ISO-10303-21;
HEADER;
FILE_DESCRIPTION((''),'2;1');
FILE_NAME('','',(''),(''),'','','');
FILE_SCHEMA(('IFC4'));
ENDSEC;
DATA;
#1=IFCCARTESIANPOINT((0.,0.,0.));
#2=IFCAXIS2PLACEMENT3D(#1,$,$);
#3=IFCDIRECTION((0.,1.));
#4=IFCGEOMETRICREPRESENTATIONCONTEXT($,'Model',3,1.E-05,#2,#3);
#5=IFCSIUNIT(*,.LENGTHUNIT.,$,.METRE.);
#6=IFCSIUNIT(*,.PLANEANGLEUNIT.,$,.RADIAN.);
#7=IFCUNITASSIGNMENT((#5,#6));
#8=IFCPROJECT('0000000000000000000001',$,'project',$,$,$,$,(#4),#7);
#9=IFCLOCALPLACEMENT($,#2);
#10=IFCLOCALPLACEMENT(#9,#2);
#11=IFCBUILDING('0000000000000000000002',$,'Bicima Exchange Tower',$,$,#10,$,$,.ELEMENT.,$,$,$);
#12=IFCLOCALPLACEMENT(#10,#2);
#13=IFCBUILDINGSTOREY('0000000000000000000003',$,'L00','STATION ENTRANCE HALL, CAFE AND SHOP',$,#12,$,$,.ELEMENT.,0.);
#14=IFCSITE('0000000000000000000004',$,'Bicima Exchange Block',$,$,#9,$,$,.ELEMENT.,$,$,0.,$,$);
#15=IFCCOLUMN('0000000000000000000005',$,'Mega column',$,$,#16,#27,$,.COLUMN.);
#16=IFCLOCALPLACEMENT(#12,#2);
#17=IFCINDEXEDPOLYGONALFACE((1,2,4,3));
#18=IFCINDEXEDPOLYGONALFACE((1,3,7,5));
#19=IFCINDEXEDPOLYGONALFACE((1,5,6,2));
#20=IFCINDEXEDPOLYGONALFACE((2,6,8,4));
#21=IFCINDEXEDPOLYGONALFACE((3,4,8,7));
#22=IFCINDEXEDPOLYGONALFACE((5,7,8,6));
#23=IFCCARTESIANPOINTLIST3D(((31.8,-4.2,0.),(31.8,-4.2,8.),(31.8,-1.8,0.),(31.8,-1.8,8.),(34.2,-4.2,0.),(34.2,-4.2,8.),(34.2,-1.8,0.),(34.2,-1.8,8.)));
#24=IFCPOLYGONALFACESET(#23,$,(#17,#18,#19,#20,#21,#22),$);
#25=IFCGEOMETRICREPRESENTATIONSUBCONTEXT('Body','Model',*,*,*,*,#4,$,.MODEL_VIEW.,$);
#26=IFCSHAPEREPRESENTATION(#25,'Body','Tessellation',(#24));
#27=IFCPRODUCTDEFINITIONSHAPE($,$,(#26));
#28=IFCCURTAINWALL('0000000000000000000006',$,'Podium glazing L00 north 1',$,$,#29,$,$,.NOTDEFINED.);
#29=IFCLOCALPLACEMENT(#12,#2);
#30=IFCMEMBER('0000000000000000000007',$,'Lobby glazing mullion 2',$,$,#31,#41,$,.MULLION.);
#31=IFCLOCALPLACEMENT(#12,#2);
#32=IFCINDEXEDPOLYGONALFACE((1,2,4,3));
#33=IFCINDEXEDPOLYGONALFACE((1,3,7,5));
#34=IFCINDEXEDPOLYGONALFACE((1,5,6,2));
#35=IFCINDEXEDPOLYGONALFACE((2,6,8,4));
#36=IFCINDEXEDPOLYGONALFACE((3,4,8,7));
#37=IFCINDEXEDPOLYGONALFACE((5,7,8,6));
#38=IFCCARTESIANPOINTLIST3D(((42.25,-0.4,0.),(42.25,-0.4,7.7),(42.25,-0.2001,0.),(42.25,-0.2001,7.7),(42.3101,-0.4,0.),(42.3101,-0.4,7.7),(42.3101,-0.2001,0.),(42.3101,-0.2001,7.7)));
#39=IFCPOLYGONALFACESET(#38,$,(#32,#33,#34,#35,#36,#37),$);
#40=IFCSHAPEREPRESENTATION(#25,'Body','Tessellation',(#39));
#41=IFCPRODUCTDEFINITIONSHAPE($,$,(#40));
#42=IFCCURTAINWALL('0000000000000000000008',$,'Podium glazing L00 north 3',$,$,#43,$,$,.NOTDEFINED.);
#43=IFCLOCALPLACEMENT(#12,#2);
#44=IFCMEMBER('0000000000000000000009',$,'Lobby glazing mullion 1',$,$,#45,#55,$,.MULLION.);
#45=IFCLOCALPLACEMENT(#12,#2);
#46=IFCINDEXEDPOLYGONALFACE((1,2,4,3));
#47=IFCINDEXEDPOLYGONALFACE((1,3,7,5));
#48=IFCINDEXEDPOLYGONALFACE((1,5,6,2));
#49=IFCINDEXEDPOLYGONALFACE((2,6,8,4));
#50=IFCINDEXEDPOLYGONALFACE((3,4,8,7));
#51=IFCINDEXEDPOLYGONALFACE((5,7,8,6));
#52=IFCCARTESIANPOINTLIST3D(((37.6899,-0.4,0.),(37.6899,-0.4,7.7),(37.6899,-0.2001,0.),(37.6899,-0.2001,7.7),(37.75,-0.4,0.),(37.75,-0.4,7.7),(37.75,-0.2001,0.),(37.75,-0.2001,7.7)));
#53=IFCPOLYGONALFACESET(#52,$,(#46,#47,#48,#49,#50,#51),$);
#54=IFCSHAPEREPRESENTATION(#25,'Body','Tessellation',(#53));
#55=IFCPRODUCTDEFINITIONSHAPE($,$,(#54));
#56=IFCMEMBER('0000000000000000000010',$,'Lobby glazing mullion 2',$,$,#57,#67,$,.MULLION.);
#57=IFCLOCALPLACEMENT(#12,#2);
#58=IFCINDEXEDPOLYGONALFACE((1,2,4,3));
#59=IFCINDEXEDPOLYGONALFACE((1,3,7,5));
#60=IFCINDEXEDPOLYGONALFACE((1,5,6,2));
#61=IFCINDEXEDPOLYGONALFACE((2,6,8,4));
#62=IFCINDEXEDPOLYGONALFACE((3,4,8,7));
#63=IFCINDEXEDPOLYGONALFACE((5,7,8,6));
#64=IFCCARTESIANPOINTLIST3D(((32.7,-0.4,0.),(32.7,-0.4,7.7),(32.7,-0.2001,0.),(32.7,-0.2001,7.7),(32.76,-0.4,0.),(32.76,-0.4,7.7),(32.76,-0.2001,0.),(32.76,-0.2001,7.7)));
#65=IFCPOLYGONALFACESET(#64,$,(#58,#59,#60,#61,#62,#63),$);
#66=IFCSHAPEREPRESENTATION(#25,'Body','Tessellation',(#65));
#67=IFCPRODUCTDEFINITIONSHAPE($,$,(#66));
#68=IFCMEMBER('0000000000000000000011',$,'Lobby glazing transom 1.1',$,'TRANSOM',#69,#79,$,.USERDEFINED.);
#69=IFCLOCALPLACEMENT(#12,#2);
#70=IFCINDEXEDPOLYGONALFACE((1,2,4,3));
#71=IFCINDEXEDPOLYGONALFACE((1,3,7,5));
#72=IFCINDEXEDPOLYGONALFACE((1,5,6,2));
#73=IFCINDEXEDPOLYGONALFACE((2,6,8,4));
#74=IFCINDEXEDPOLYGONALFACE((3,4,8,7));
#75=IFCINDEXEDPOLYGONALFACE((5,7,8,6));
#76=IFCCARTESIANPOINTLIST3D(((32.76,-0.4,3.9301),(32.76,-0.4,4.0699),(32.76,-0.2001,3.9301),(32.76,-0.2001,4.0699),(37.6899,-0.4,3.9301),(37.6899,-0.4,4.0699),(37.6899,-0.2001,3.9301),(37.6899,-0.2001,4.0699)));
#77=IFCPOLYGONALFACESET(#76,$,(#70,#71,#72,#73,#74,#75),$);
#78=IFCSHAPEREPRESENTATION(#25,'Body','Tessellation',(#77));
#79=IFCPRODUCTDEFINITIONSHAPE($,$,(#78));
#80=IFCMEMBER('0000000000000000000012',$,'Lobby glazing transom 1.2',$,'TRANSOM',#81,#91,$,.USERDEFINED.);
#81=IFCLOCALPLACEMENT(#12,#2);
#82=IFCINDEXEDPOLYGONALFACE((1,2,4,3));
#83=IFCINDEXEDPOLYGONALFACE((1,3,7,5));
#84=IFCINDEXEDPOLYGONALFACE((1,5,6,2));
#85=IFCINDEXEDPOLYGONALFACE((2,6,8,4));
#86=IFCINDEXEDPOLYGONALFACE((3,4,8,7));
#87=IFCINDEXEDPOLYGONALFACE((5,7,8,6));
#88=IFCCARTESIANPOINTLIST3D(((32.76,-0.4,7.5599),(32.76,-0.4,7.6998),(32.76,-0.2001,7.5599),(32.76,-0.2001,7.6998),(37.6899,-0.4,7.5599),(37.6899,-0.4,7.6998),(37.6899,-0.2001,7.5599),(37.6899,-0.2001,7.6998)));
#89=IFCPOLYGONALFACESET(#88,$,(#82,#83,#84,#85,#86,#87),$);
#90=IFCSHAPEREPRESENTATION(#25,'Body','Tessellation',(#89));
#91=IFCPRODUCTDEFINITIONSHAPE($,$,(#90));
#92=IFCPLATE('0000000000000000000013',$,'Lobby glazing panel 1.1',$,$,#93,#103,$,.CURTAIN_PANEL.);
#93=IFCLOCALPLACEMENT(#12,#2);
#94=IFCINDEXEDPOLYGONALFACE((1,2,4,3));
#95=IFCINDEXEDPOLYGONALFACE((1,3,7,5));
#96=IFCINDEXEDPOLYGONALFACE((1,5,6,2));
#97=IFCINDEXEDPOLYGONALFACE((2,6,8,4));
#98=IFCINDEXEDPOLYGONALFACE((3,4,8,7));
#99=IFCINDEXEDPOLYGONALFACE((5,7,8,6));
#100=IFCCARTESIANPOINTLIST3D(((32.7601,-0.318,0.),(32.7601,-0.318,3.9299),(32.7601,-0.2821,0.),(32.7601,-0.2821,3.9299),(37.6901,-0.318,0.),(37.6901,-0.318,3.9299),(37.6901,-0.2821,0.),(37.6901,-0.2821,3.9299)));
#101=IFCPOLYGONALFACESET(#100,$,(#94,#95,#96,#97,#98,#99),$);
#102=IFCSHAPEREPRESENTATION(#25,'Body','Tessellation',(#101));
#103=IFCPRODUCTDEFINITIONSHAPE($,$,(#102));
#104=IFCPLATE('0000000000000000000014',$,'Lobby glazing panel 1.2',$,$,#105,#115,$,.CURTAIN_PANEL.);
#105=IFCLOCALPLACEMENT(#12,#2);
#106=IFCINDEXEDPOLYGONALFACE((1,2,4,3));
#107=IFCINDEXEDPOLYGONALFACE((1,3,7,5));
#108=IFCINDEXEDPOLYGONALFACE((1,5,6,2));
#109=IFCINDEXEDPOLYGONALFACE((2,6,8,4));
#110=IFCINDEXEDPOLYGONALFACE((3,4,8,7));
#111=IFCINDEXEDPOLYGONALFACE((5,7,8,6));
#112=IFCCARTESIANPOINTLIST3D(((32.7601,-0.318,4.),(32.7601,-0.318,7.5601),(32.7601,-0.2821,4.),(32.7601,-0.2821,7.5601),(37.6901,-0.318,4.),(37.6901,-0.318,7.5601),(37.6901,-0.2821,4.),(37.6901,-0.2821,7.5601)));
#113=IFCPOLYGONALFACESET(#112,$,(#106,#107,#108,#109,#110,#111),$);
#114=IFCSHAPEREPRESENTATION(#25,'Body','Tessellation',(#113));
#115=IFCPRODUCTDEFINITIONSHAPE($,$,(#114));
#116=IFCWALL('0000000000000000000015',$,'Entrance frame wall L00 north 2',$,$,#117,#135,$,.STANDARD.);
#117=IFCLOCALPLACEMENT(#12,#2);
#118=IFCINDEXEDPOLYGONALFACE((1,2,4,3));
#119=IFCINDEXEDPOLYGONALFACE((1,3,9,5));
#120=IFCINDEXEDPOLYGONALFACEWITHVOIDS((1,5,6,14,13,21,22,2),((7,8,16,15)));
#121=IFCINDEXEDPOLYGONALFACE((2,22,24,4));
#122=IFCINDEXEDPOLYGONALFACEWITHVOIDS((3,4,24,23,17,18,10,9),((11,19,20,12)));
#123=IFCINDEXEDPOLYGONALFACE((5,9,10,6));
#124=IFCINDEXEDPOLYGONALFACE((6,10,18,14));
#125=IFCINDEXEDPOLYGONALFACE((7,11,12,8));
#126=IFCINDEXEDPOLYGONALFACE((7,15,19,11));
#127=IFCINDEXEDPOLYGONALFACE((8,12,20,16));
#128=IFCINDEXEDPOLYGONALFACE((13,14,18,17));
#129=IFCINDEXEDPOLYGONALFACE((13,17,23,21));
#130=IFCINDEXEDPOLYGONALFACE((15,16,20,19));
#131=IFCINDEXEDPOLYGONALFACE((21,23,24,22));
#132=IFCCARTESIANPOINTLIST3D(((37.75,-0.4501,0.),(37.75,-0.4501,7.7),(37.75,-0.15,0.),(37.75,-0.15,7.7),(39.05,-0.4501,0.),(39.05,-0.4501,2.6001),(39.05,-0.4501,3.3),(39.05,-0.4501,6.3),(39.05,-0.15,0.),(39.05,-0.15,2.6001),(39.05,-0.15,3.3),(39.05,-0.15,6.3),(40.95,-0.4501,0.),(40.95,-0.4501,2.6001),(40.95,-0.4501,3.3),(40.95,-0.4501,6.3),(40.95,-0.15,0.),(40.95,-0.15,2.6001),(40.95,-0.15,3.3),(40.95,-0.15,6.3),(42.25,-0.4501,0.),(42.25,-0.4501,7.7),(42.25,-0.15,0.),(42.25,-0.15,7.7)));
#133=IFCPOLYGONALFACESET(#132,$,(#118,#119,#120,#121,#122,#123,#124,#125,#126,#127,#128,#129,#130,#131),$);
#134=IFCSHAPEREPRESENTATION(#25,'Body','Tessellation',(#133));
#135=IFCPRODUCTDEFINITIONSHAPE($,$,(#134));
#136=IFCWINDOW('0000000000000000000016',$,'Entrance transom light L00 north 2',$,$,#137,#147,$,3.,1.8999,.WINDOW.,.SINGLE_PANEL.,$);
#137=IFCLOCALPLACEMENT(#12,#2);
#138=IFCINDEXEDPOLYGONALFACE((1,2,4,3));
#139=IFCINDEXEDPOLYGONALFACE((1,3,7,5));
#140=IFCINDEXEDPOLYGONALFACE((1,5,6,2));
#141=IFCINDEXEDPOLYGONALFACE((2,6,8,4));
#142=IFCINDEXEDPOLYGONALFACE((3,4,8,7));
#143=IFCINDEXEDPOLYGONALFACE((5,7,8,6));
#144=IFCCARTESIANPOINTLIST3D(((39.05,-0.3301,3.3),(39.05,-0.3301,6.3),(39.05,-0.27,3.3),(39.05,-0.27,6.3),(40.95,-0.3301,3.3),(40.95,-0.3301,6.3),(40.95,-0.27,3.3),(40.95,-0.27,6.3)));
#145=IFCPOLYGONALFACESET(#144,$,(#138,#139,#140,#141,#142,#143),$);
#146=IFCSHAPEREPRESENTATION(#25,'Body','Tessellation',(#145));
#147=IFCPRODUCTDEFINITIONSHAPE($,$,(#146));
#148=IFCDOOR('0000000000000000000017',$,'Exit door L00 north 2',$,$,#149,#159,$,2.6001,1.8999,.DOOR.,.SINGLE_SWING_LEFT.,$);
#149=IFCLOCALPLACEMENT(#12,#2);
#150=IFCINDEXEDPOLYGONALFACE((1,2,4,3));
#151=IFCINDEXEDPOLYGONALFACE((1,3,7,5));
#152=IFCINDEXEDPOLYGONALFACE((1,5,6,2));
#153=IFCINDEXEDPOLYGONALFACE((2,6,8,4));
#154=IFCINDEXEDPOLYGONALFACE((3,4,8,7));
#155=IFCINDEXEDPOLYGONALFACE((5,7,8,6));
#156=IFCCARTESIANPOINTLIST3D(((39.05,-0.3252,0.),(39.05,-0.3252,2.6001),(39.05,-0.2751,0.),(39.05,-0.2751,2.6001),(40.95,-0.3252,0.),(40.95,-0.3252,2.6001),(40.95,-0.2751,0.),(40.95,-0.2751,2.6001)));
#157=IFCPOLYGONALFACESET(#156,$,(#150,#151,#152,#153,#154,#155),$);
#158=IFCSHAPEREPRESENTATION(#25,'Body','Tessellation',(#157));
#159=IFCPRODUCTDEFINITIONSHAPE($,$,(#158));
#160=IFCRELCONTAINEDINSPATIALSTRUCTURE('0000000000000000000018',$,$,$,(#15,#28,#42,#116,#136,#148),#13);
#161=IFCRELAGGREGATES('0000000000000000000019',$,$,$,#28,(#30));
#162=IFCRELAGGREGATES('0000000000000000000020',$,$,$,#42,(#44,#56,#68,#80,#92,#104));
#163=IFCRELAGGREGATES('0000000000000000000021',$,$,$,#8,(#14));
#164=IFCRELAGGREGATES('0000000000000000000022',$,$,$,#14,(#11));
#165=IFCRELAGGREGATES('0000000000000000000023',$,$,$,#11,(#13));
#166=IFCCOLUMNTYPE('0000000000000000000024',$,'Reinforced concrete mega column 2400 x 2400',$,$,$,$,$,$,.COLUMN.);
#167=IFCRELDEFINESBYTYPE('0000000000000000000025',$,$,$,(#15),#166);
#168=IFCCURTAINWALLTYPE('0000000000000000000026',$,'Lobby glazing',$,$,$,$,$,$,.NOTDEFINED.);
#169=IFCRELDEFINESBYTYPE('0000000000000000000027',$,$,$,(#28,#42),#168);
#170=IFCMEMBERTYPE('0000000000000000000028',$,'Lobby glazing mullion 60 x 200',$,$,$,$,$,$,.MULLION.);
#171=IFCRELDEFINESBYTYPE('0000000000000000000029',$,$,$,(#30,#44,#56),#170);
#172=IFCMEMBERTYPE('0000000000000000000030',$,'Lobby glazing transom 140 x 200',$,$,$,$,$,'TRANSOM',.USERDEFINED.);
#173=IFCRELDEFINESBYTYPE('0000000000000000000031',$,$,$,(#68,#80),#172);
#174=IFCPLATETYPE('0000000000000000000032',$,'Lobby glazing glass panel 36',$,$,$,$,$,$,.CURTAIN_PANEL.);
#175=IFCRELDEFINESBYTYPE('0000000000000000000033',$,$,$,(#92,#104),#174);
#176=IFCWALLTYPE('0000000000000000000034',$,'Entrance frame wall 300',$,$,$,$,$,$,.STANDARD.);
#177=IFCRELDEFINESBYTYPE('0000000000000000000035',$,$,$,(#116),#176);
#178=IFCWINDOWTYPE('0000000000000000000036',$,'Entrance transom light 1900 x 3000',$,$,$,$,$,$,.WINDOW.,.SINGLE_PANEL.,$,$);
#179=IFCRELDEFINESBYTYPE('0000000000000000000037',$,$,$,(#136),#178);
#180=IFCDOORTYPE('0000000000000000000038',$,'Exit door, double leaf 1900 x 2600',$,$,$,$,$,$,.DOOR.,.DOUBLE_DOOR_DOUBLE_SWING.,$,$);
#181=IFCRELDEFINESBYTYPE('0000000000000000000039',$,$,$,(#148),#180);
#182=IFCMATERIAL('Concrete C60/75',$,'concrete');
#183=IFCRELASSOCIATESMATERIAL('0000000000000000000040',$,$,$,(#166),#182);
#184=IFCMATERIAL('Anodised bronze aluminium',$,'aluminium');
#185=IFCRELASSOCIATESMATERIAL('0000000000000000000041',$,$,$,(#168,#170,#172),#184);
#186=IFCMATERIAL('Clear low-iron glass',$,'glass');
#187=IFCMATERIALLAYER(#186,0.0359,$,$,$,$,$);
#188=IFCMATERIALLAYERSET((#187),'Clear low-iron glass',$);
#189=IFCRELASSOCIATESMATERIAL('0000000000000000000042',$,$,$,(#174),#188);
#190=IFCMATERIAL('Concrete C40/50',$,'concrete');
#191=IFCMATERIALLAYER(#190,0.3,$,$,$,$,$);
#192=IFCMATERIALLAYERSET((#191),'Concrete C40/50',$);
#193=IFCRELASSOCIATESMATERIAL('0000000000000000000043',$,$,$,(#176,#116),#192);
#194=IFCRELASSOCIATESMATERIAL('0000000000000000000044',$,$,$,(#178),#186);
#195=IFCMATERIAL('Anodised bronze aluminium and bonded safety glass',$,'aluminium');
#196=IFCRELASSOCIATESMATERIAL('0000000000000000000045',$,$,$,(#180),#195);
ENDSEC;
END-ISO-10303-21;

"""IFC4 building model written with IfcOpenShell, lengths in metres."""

from ifc_helpers import new_model, si_unit, direction, frame, frame_2d, origin, origin_2d, place, context, subcontext, project, spatial, rectangle, extrude, material, layer, layer_set, layer_usage, material_profile, profile_set, type_object, element, fill, aggregate, save


model = new_model("IFC4")

# Units and contexts
model_context = context("Model", 3, precision=1e-05, world=origin(), true_north=direction((0.0, 1.0)))
body_context = subcontext(model_context, "Body", "Model", "MODEL_VIEW")
ifc_project = project(units=[si_unit("LENGTHUNIT", "METRE"), si_unit("PLANEANGLEUNIT", "RADIAN")], contexts=[model_context])

# Site, building, storey
site_placement = place(None, origin())
site = spatial("IfcSite", under=ifc_project, at=site_placement, Name="Bicima Exchange Block", CompositionType="ELEMENT", RefElevation=0.0)
building_placement = place(site_placement, origin())
building = spatial("IfcBuilding", under=site, at=building_placement, Name="Bicima Exchange Tower", CompositionType="ELEMENT")
storey_placement = place(building_placement, origin())
storey = spatial("IfcBuildingStorey", under=building, at=storey_placement, Name="L00", Description="STATION ENTRANCE HALL, CAFE AND SHOP", CompositionType="ELEMENT", Elevation=0.0)

# Column
ifc_material_1 = material(Name="Concrete C60/75", Category="concrete")
ifc_material_profile_1 = material_profile(ifc_material_1, rectangle(XDim=2.3999, YDim=2.3999, at=origin_2d()))
ifc_profile_set_1 = profile_set([ifc_material_profile_1], Name="Concrete C60/75")
column_type = type_object("IfcColumnType", Name="Reinforced concrete mega column 2400 x 2400", PredefinedType="COLUMN", material=ifc_profile_set_1)
column_placement = place(storey_placement, frame((33.0, -3.0, 0.0), z_axis=(0.0, 0.0, 1.0), x_axis=(1.0, 0.0, 0.0)))
element("IfcColumn", 1, at=column_placement, inside=storey, type_object=column_type, Name="Mega column", PredefinedType="COLUMN", context=body_context, shape_type="SweptSolid", body=[
    extrude(rectangle(XDim=2.3999, YDim=2.3999, at=origin_2d()), origin(), (0.0, 0.0, 1.0), 8.0),
])

# Curtain wall, member
ifc_material_2 = material(Name="Anodised bronze aluminium", Category="aluminium")
curtain_wall_type = type_object("IfcCurtainWallType", Name="Lobby glazing", PredefinedType="NOTDEFINED", material=ifc_material_2)
curtain_wall_1_placement = place(storey_placement, origin())
curtain_wall_1 = element("IfcCurtainWall", 2, at=curtain_wall_1_placement, inside=storey, type_object=curtain_wall_type, Name="Podium glazing L00 north 1", PredefinedType="NOTDEFINED")
ifc_material_profile_2 = material_profile(ifc_material_2, rectangle(XDim=0.2, YDim=0.0601, at=origin_2d()))
ifc_profile_set_2 = profile_set([ifc_material_profile_2], Name="Anodised bronze aluminium")
member_type_1 = type_object("IfcMemberType", Name="Lobby glazing mullion 60 x 200", PredefinedType="MULLION", material=ifc_profile_set_2)
member_1_placement = place(storey_placement, frame((42.28, -0.3, 0.0), z_axis=(0.0, 0.0, 1.0), x_axis=(0.0, -1.0, 0.0)))
member_1 = element("IfcMember", 3, at=member_1_placement, type_object=member_type_1, Name="Lobby glazing mullion 2", PredefinedType="MULLION", context=body_context, shape_type="SweptSolid", body=[
    extrude(rectangle(XDim=0.2, YDim=0.0601, at=origin_2d()), origin(), (0.0, 0.0, 1.0), 7.7),
])
aggregate(curtain_wall_1, [member_1])

# Curtain wall, members, plates
curtain_wall_2_placement = place(storey_placement, origin())
curtain_wall_2 = element("IfcCurtainWall", 4, at=curtain_wall_2_placement, inside=storey, type_object=curtain_wall_type, Name="Podium glazing L00 north 3", PredefinedType="NOTDEFINED")
member_2_placement = place(storey_placement, frame((37.72, -0.3, 0.0), z_axis=(0.0, 0.0, 1.0), x_axis=(0.0, -1.0, 0.0)))
member_2 = element("IfcMember", 5, at=member_2_placement, type_object=member_type_1, Name="Lobby glazing mullion 1", PredefinedType="MULLION", context=body_context, shape_type="SweptSolid", body=[
    extrude(rectangle(XDim=0.2, YDim=0.0601, at=origin_2d()), origin(), (0.0, 0.0, 1.0), 7.7),
])
member_3_placement = place(storey_placement, frame((32.73, -0.3, 0.0), z_axis=(0.0, 0.0, 1.0), x_axis=(0.0, -1.0, 0.0)))
member_3 = element("IfcMember", 6, at=member_3_placement, type_object=member_type_1, Name="Lobby glazing mullion 2", PredefinedType="MULLION", context=body_context, shape_type="SweptSolid", body=[
    extrude(rectangle(XDim=0.2, YDim=0.0601, at=origin_2d()), origin(), (0.0, 0.0, 1.0), 7.7),
])
ifc_material_profile_3 = material_profile(ifc_material_2, rectangle(XDim=0.2, YDim=0.1399, at=origin_2d()))
ifc_profile_set_3 = profile_set([ifc_material_profile_3], Name="Anodised bronze aluminium")
member_type_2 = type_object("IfcMemberType", Name="Lobby glazing transom 140 x 200", ElementType="TRANSOM", PredefinedType="USERDEFINED", material=ifc_profile_set_3)
member_4_placement = place(storey_placement, frame((37.6899, -0.3, 4.0), z_axis=(-1.0, 0.0, 0.0), x_axis=(0.0, -1.0, 0.0)))
member_4 = element("IfcMember", 7, at=member_4_placement, type_object=member_type_2, Name="Lobby glazing transom 1.1", ObjectType="TRANSOM", PredefinedType="USERDEFINED", context=body_context, shape_type="SweptSolid", body=[
    extrude(rectangle(XDim=0.2, YDim=0.1399, at=origin_2d()), origin(), (0.0, 0.0, 1.0), 4.9299),
])
member_5_placement = place(storey_placement, frame((37.6899, -0.3, 7.6299), z_axis=(-1.0, 0.0, 0.0), x_axis=(0.0, -1.0, 0.0)))
member_5 = element("IfcMember", 8, at=member_5_placement, type_object=member_type_2, Name="Lobby glazing transom 1.2", ObjectType="TRANSOM", PredefinedType="USERDEFINED", context=body_context, shape_type="SweptSolid", body=[
    extrude(rectangle(XDim=0.2, YDim=0.1399, at=origin_2d()), origin(), (0.0, 0.0, 1.0), 4.9299),
])
ifc_material_3 = material(Name="Clear low-iron glass", Category="glass")
ifc_layer_1 = layer(ifc_material_3, 0.0359)
ifc_layer_set_1 = layer_set([ifc_layer_1], Name="Clear low-iron glass")
plate_type = type_object("IfcPlateType", Name="Lobby glazing glass panel 36", PredefinedType="CURTAIN_PANEL", material=ifc_layer_set_1)
plate_1_placement = place(storey_placement, frame((35.2251, -0.3, 0.0), z_axis=(0.0, 0.0, 1.0), x_axis=(-1.0, 0.0, 0.0)))
plate_1 = element("IfcPlate", 9, at=plate_1_placement, type_object=plate_type, Name="Lobby glazing panel 1.1", PredefinedType="CURTAIN_PANEL", context=body_context, shape_type="SweptSolid", body=[
    extrude(rectangle(XDim=4.9299, YDim=0.0359, at=origin_2d()), origin(), (0.0, 0.0, 1.0), 3.9299),
])
plate_2_placement = place(storey_placement, frame((35.2251, -0.3, 4.0), z_axis=(0.0, 0.0, 1.0), x_axis=(-1.0, 0.0, 0.0)))
plate_2 = element("IfcPlate", 10, at=plate_2_placement, type_object=plate_type, Name="Lobby glazing panel 1.2", PredefinedType="CURTAIN_PANEL", context=body_context, shape_type="SweptSolid", body=[
    extrude(rectangle(XDim=4.9299, YDim=0.0359, at=origin_2d()), origin(), (0.0, 0.0, 1.0), 3.5601),
])
aggregate(curtain_wall_2, [member_2, member_3, member_4, member_5, plate_1, plate_2])

# Wall, openings, window, door
ifc_material_4 = material(Name="Concrete C40/50", Category="concrete")
ifc_layer_2 = layer(ifc_material_4, 0.3)
ifc_layer_set_2 = layer_set([ifc_layer_2], Name="Concrete C40/50")
ifc_layer_usage = layer_usage(ifc_layer_set_2, "AXIS2", "POSITIVE", -0.15)
wall_type = type_object("IfcWallType", Name="Entrance frame wall 300", PredefinedType="STANDARD", material=ifc_layer_set_2)
wall_placement = place(storey_placement, frame((37.75, -0.3, 0.0), z_axis=(0.0, 0.0, 1.0), x_axis=(1.0, 0.0, 0.0)))
wall = element("IfcWall", 11, at=wall_placement, inside=storey, type_object=wall_type, material=ifc_layer_usage, Name="Entrance frame wall L00 north 2", PredefinedType="STANDARD", context=body_context, shape_type="SweptSolid", body=[
    extrude(rectangle(XDim=4.5, YDim=0.3, at=frame_2d((2.25, 0.0))), origin(), (0.0, 0.0, 1.0), 7.7),
])
opening_1_placement = place(wall_placement, frame((1.3, 0.0, 0.0)))
opening_1 = element("IfcOpeningElement", 12, at=opening_1_placement, cuts=wall, PredefinedType="OPENING", context=body_context, shape_type="SweptSolid", body=[
    extrude(rectangle(XDim=1.8999, YDim=2.6001, at=frame_2d((0.95, 1.3))), frame((0.0, 0.1621, 0.0), z_axis=(0.0, -1.0, 0.0), x_axis=(1.0, 0.0, 0.0)), (0.0, 0.0, 1.0), 0.324),
])
opening_2_placement = place(wall_placement, frame((1.3, 0.0, 3.3)))
opening_2 = element("IfcOpeningElement", 13, at=opening_2_placement, cuts=wall, PredefinedType="OPENING", context=body_context, shape_type="SweptSolid", body=[
    extrude(rectangle(XDim=1.8999, YDim=3.0, at=frame_2d((0.95, 1.5))), frame((0.0, 0.1621, 0.0), z_axis=(0.0, -1.0, 0.0), x_axis=(1.0, 0.0, 0.0)), (0.0, 0.0, 1.0), 0.324),
])
window_type = type_object("IfcWindowType", Name="Entrance transom light 1900 x 3000", PartitioningType="SINGLE_PANEL", PredefinedType="WINDOW", material=ifc_material_3)
window_placement = place(opening_2_placement, origin())
window = element("IfcWindow", 14, at=window_placement, inside=storey, type_object=window_type, Name="Entrance transom light L00 north 2", OverallHeight=3.0, OverallWidth=1.8999, PartitioningType="SINGLE_PANEL", PredefinedType="WINDOW", context=body_context, shape_type="SweptSolid", body=[
    extrude(rectangle(XDim=1.8999, YDim=3.0, at=frame_2d((0.95, 1.5))), frame((0.0, 0.03, 0.0), z_axis=(0.0, -1.0, 0.0), x_axis=(1.0, 0.0, 0.0)), (0.0, 0.0, 1.0), 0.0601),
])
fill(opening_2, window)
ifc_material_5 = material(Name="Anodised bronze aluminium and bonded safety glass", Category="aluminium")
door_type = type_object("IfcDoorType", Name="Exit door, double leaf 1900 x 2600", OperationType="DOUBLE_DOOR_DOUBLE_SWING", PredefinedType="DOOR", material=ifc_material_5)
door_placement = place(opening_1_placement, origin())
door = element("IfcDoor", 15, at=door_placement, inside=storey, type_object=door_type, Name="Exit door L00 north 2", OperationType="SINGLE_SWING_LEFT", OverallHeight=2.6001, OverallWidth=1.8999, PredefinedType="DOOR", context=body_context, shape_type="SweptSolid", body=[
    extrude(rectangle(XDim=1.8999, YDim=2.6001, at=frame_2d((0.95, 1.3))), frame((0.0, 0.0249, 0.0), z_axis=(0.0, -1.0, 0.0), x_axis=(1.0, 0.0, 0.0)), (0.0, 0.0, 1.0), 0.05),
])
fill(opening_1, door)

save(model, "model.ifc")
